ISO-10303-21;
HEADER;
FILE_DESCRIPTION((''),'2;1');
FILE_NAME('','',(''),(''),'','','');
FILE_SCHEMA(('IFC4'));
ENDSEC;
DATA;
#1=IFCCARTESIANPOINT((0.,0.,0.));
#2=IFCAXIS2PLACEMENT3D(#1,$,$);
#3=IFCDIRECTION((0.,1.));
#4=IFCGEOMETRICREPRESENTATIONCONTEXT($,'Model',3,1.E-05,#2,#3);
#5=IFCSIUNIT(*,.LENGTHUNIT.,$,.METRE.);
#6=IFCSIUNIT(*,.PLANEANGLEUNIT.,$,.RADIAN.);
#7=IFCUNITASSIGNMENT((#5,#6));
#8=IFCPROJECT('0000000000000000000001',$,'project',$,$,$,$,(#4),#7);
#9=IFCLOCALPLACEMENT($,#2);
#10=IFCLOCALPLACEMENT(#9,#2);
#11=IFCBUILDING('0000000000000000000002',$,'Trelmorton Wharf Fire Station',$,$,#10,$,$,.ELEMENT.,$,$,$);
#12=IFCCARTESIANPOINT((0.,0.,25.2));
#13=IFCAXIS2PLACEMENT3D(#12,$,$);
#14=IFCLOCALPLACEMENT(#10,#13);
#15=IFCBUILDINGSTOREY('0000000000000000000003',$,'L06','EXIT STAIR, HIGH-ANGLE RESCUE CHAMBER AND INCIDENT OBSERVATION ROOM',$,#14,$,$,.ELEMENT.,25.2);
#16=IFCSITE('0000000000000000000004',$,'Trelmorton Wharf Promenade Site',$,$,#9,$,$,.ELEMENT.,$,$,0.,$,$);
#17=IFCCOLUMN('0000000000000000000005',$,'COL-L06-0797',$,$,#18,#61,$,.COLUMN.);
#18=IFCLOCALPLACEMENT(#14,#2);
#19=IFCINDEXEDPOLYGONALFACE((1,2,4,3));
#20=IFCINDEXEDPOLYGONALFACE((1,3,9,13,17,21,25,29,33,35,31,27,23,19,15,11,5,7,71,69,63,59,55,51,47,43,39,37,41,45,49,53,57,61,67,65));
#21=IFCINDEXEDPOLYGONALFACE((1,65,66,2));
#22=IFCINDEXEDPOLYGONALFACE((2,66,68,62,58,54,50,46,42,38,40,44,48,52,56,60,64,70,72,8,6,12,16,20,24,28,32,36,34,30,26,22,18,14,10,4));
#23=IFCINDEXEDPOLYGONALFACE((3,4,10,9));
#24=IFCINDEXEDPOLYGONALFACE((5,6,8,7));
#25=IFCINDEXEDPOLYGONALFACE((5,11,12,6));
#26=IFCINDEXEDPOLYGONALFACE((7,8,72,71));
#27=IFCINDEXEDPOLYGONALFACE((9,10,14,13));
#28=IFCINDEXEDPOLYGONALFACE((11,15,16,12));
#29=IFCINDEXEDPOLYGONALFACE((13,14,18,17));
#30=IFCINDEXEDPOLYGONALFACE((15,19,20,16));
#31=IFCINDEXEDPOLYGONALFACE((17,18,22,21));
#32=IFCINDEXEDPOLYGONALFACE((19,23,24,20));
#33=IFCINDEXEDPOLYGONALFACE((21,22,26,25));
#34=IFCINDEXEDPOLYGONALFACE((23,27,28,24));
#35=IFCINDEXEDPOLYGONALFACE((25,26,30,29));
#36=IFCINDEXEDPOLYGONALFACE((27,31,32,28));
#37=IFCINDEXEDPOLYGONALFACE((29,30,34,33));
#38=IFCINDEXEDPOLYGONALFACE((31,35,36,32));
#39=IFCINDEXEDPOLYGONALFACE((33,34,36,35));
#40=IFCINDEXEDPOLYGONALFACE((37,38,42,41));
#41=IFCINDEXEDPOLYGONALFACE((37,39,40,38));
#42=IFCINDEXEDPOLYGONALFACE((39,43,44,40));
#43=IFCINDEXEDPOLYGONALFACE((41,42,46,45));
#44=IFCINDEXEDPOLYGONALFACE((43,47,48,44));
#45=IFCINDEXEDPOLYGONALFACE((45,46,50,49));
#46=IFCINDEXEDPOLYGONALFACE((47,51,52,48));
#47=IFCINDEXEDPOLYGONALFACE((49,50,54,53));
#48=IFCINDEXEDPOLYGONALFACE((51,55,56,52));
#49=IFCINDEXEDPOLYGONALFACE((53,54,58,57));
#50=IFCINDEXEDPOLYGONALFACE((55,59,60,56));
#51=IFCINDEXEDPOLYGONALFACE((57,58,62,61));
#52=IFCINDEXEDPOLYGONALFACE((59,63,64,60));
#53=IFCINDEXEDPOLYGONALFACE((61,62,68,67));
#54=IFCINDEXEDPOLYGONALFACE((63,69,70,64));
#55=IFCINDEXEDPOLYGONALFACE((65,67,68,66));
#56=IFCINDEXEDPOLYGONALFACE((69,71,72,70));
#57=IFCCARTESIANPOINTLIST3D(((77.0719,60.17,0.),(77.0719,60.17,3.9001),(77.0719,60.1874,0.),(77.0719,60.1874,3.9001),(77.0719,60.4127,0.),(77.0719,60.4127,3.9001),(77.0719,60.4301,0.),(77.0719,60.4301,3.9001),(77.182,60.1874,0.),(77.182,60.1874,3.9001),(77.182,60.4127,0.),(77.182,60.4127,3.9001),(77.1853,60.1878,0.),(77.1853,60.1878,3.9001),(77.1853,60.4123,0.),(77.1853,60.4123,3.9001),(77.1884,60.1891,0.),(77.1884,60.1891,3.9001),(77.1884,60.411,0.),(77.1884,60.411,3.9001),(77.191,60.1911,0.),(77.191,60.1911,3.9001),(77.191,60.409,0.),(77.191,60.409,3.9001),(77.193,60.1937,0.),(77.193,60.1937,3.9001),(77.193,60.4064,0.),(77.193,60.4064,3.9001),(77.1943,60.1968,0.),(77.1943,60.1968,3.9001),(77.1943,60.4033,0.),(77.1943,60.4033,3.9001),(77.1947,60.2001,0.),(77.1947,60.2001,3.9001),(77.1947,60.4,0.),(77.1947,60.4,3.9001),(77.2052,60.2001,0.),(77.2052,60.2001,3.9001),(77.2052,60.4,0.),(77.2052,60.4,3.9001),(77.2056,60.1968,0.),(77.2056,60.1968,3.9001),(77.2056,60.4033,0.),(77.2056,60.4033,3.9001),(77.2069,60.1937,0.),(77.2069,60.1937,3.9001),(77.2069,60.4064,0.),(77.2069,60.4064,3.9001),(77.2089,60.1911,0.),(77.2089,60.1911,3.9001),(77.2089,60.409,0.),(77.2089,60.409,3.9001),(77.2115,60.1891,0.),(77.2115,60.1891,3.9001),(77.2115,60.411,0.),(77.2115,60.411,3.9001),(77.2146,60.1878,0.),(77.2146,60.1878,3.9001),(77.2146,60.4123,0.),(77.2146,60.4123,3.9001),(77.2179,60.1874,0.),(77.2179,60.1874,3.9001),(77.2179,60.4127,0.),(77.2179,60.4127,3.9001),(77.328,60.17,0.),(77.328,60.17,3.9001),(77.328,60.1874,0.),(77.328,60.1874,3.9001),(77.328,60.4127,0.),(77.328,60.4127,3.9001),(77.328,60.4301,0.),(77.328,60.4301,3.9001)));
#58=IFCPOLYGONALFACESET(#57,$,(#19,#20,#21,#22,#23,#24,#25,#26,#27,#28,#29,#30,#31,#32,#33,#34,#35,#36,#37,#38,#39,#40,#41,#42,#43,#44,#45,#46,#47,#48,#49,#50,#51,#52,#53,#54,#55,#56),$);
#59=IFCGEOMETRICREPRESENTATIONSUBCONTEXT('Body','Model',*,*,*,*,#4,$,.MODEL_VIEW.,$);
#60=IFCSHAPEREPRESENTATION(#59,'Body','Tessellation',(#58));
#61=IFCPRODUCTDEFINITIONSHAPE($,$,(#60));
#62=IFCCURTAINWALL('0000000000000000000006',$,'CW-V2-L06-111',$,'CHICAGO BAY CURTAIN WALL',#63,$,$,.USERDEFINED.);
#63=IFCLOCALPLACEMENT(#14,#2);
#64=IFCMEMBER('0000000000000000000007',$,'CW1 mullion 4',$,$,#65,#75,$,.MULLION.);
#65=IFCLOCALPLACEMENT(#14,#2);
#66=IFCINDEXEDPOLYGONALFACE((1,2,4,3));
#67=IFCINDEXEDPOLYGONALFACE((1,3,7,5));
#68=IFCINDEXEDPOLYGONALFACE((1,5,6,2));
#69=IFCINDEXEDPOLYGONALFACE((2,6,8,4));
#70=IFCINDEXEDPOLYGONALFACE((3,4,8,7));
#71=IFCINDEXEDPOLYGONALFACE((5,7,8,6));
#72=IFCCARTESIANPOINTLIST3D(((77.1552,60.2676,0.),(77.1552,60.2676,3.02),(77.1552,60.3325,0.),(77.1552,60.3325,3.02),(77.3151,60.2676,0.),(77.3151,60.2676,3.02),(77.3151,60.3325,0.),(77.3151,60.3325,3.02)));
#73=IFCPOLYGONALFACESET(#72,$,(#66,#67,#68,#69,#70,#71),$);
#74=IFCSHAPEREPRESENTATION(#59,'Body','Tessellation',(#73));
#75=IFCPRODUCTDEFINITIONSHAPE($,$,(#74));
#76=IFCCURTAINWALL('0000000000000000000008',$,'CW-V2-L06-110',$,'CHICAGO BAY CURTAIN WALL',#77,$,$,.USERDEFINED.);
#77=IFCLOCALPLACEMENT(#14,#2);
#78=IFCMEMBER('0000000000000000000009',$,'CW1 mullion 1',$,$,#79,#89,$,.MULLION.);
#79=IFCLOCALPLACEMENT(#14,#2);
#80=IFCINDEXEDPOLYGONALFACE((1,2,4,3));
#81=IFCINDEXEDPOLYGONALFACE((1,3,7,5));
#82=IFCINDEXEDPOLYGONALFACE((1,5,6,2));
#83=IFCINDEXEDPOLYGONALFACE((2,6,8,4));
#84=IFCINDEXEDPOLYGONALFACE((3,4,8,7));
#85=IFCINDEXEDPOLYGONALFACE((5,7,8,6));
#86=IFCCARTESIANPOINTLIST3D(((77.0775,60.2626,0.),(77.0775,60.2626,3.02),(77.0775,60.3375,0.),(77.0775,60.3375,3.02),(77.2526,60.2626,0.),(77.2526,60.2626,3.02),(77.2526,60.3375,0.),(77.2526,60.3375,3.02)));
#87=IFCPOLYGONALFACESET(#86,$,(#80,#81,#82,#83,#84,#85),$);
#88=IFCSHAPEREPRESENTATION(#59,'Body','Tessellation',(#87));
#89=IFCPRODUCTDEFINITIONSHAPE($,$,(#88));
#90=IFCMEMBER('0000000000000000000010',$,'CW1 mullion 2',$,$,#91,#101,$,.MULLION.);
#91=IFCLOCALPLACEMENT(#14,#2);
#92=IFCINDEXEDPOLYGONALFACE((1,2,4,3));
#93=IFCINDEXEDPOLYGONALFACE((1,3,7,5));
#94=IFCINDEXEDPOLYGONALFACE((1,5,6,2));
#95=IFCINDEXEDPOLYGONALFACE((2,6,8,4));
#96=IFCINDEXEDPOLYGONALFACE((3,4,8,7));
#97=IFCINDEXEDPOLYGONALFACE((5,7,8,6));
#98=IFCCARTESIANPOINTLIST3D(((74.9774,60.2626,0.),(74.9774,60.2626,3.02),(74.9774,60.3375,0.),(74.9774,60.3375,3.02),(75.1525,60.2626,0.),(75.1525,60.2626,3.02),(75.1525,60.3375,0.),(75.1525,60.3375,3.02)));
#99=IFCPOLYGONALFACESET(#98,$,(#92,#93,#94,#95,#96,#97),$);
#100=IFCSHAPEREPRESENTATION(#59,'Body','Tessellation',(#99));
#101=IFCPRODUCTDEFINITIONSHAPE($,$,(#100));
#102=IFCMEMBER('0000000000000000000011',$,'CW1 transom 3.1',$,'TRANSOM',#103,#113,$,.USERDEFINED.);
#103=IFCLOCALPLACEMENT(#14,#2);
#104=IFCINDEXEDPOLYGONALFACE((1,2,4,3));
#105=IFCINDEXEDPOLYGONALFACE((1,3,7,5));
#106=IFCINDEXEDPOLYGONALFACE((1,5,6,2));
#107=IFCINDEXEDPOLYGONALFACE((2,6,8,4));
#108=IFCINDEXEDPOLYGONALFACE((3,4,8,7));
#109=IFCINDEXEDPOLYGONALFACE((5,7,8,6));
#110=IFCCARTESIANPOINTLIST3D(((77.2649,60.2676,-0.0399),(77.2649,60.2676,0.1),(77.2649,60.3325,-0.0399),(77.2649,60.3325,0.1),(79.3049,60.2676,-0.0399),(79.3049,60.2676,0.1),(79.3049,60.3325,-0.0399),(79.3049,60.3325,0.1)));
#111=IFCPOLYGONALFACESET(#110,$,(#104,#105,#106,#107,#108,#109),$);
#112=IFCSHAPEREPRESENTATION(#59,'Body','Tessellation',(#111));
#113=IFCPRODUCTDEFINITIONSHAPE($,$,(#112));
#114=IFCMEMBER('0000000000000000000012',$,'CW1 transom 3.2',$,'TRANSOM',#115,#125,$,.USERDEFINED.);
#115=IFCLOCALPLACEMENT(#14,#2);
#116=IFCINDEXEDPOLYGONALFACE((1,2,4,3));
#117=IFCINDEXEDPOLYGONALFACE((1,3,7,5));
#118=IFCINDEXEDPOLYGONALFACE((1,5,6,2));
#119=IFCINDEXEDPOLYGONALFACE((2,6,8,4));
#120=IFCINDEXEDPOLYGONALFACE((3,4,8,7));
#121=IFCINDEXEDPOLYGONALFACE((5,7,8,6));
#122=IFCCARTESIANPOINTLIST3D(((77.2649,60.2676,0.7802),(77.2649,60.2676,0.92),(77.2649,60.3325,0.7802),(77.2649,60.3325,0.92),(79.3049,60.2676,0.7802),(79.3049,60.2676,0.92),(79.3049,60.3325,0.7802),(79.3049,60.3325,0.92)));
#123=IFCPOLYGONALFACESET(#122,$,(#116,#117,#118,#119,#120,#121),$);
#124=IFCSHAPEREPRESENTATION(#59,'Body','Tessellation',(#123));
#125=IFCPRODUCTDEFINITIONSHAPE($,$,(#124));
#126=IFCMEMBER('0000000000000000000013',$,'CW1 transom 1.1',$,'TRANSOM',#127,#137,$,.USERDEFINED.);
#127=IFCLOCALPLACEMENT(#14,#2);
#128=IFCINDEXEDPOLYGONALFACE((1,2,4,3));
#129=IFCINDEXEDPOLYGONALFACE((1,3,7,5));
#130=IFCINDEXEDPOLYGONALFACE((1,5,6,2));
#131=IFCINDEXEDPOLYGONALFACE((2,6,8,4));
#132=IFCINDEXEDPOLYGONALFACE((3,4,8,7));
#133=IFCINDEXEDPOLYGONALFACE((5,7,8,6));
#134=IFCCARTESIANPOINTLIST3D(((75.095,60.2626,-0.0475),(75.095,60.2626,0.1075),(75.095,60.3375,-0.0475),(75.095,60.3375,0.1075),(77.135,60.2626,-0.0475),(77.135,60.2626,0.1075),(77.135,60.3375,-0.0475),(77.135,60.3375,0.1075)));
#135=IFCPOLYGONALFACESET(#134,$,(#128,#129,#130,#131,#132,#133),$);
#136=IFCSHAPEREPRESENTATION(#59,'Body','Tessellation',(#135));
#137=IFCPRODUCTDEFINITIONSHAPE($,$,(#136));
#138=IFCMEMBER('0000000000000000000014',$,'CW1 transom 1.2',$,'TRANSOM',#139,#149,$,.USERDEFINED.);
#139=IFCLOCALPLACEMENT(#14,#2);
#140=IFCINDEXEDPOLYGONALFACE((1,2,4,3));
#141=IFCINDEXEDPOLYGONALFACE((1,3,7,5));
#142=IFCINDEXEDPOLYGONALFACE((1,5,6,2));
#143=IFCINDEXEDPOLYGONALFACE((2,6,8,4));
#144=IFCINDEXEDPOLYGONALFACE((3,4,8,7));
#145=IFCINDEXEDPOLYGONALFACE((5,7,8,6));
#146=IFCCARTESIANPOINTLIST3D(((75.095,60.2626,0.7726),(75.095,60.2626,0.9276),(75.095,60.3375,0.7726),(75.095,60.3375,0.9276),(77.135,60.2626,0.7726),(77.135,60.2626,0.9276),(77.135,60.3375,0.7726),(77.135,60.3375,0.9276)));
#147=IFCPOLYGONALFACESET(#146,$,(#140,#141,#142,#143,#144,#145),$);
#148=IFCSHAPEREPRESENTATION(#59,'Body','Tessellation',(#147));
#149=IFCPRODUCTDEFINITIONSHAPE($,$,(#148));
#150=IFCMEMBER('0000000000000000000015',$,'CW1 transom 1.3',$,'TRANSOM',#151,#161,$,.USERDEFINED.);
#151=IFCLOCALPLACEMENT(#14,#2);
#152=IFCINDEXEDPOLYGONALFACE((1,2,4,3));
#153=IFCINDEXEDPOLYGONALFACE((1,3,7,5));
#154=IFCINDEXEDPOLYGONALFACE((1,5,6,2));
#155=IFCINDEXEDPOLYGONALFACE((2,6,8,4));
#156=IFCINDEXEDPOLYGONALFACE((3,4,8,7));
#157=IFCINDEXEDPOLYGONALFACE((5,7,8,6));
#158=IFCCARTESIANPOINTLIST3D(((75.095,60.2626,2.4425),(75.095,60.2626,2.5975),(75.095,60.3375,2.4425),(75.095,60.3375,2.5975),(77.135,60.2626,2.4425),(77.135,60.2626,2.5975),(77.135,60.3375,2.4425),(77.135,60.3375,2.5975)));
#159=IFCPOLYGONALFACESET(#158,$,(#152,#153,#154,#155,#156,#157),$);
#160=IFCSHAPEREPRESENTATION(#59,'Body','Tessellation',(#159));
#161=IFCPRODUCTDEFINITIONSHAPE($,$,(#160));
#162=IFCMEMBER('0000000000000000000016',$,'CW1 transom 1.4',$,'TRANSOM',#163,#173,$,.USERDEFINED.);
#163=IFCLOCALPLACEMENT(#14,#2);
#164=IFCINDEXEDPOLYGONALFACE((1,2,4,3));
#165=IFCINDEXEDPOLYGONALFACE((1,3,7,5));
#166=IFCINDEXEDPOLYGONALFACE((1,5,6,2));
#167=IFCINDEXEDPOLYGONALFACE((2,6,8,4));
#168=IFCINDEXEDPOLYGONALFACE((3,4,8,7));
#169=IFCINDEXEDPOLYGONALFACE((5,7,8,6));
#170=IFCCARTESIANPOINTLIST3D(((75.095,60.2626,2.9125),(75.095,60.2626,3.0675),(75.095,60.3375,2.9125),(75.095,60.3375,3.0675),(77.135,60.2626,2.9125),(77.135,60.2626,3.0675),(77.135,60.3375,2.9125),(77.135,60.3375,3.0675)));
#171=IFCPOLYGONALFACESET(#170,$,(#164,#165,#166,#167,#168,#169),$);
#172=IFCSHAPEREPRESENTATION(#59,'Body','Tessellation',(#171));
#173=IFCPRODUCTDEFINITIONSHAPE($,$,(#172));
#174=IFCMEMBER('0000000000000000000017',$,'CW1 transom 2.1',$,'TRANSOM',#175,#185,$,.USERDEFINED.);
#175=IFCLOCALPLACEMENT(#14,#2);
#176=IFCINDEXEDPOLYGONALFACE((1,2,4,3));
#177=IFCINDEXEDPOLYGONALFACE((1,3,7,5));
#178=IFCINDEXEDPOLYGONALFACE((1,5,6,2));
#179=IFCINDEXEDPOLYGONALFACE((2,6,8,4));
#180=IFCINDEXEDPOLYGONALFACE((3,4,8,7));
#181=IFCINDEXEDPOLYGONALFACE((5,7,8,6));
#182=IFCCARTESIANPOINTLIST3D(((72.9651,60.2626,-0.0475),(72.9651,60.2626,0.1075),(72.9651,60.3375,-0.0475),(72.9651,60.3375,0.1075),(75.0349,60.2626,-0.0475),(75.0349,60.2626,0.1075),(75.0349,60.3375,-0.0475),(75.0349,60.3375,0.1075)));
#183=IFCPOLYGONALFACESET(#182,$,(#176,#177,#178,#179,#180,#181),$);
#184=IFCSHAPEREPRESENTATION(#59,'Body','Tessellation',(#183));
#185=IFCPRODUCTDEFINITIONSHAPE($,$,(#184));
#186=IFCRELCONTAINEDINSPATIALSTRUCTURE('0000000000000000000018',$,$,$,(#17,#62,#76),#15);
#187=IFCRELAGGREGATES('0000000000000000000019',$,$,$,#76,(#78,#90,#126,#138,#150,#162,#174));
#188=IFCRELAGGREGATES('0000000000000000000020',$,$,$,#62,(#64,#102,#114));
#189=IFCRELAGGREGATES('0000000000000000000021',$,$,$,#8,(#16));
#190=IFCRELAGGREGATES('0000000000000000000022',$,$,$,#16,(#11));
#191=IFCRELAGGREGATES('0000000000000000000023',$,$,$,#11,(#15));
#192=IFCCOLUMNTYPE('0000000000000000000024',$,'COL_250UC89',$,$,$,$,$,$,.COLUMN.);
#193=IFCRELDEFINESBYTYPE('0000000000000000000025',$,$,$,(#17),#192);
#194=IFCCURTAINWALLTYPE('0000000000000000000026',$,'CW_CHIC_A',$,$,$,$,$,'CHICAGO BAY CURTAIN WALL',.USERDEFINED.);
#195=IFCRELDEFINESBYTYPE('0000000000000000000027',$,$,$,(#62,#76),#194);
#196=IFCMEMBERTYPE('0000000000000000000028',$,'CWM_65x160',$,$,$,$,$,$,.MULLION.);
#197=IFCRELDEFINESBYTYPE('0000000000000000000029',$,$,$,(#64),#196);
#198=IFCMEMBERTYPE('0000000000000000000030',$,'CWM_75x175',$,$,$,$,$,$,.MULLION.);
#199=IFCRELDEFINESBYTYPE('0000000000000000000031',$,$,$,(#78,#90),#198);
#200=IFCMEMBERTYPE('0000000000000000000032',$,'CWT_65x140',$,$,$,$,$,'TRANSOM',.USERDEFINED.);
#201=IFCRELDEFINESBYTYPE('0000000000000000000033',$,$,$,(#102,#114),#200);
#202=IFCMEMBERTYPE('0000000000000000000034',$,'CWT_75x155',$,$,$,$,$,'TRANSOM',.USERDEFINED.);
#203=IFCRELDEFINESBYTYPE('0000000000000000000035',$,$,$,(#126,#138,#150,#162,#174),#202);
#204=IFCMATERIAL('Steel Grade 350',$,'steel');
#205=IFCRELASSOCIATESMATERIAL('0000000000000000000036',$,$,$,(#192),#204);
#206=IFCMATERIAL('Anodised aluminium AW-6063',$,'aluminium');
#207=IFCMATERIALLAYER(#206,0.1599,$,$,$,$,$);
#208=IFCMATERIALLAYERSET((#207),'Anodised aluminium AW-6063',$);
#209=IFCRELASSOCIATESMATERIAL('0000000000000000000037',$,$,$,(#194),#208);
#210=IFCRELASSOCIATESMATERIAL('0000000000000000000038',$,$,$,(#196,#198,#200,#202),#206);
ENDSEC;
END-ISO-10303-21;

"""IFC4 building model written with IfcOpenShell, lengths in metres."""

from ifc_helpers import new_model, si_unit, direction, frame, origin, origin_2d, place, context, subcontext, project, spatial, rectangle, i_section, extrude, material, layer, layer_set, material_profile, profile_set, type_object, element, aggregate, save


model = new_model("IFC4")

# Units and contexts
model_context = context("Model", 3, precision=1e-05, world=origin(), true_north=direction((0.0, 1.0)))
body_context = subcontext(model_context, "Body", "Model", "MODEL_VIEW")
ifc_project = project(units=[si_unit("LENGTHUNIT", "METRE"), si_unit("PLANEANGLEUNIT", "RADIAN")], contexts=[model_context])

# Site, building, storey
site_placement = place(None, origin())
site = spatial("IfcSite", under=ifc_project, at=site_placement, Name="Trelmorton Wharf Promenade Site", CompositionType="ELEMENT", RefElevation=0.0)
building_placement = place(site_placement, origin())
building = spatial("IfcBuilding", under=site, at=building_placement, Name="Trelmorton Wharf Fire Station", CompositionType="ELEMENT")
storey_placement = place(building_placement, frame((0.0, 0.0, 25.2)))
storey = spatial("IfcBuildingStorey", under=building, at=storey_placement, Name="L06", Description="EXIT STAIR, HIGH-ANGLE RESCUE CHAMBER AND INCIDENT OBSERVATION ROOM", CompositionType="ELEMENT", Elevation=25.2)

# Column
ifc_material_1 = material(Name="Steel Grade 350", Category="steel")
ifc_material_profile_1 = material_profile(ifc_material_1, i_section(OverallWidth=0.2561, OverallDepth=0.26, WebThickness=0.0105, FlangeThickness=0.0173, FilletRadius=0.0127, at=origin_2d()), Name="250UC89.5")
ifc_profile_set_1 = profile_set([ifc_material_profile_1], Name="Steel Grade 350")
column_type = type_object("IfcColumnType", Name="COL_250UC89", PredefinedType="COLUMN", material=ifc_profile_set_1)
column_placement = place(storey_placement, frame((77.2, 60.3, 0.0), z_axis=(0.0, 0.0, 1.0), x_axis=(1.0, 0.0, 0.0)))
element("IfcColumn", 1, at=column_placement, inside=storey, type_object=column_type, Name="COL-L06-0797", PredefinedType="COLUMN", context=body_context, shape_type="SweptSolid", body=[
    extrude(i_section(OverallWidth=0.2561, OverallDepth=0.26, WebThickness=0.0105, FlangeThickness=0.0173, FilletRadius=0.0127, at=origin_2d()), origin(), (0.0, 0.0, 1.0), 3.9001),
])

# Curtain wall, member
ifc_material_2 = material(Name="Anodised aluminium AW-6063", Category="aluminium")
ifc_layer_1 = layer(ifc_material_2, 0.1599)
ifc_layer_set_1 = layer_set([ifc_layer_1], Name="Anodised aluminium AW-6063")
curtain_wall_type = type_object("IfcCurtainWallType", Name="CW_CHIC_A", ElementType="CHICAGO BAY CURTAIN WALL", PredefinedType="USERDEFINED", material=ifc_layer_set_1)
curtain_wall_1_placement = place(storey_placement, origin())
curtain_wall_1 = element("IfcCurtainWall", 2, at=curtain_wall_1_placement, inside=storey, type_object=curtain_wall_type, Name="CW-V2-L06-111", ObjectType="CHICAGO BAY CURTAIN WALL", PredefinedType="USERDEFINED")
ifc_material_profile_2 = material_profile(ifc_material_2, rectangle(XDim=0.0649, YDim=0.1599, at=origin_2d()), Name="ALU-65x160")
ifc_profile_set_2 = profile_set([ifc_material_profile_2], Name="Anodised aluminium AW-6063")
member_type_1 = type_object("IfcMemberType", Name="CWM_65x160", PredefinedType="MULLION", material=ifc_profile_set_2)
member_1_placement = place(storey_placement, frame((77.2351, 60.3, 0.0), z_axis=(0.0, 0.0, 1.0), x_axis=(0.0, -1.0, 0.0)))
member_1 = element("IfcMember", 3, at=member_1_placement, type_object=member_type_1, Name="CW1 mullion 4", PredefinedType="MULLION", context=body_context, shape_type="SweptSolid", body=[
    extrude(rectangle(XDim=0.0649, YDim=0.1599, at=origin_2d()), origin(), (0.0, 0.0, 1.0), 3.02),
])

# Curtain wall, members
curtain_wall_2_placement = place(storey_placement, origin())
curtain_wall_2 = element("IfcCurtainWall", 4, at=curtain_wall_2_placement, inside=storey, type_object=curtain_wall_type, Name="CW-V2-L06-110", ObjectType="CHICAGO BAY CURTAIN WALL", PredefinedType="USERDEFINED")
ifc_material_profile_3 = material_profile(ifc_material_2, rectangle(XDim=0.075, YDim=0.175, at=origin_2d()), Name="ALU-75x175")
ifc_profile_set_3 = profile_set([ifc_material_profile_3], Name="Anodised aluminium AW-6063")
member_type_2 = type_object("IfcMemberType", Name="CWM_75x175", PredefinedType="MULLION", material=ifc_profile_set_3)
member_2_placement = place(storey_placement, frame((77.165, 60.3, 0.0), z_axis=(0.0, 0.0, 1.0), x_axis=(0.0, -1.0, 0.0)))
member_2 = element("IfcMember", 5, at=member_2_placement, type_object=member_type_2, Name="CW1 mullion 1", PredefinedType="MULLION", context=body_context, shape_type="SweptSolid", body=[
    extrude(rectangle(XDim=0.075, YDim=0.175, at=origin_2d()), origin(), (0.0, 0.0, 1.0), 3.02),
])
member_3_placement = place(storey_placement, frame((75.0649, 60.3, 0.0), z_axis=(0.0, 0.0, 1.0), x_axis=(0.0, -1.0, 0.0)))
member_3 = element("IfcMember", 6, at=member_3_placement, type_object=member_type_2, Name="CW1 mullion 2", PredefinedType="MULLION", context=body_context, shape_type="SweptSolid", body=[
    extrude(rectangle(XDim=0.075, YDim=0.175, at=origin_2d()), origin(), (0.0, 0.0, 1.0), 3.02),
])

# Members
ifc_material_profile_4 = material_profile(ifc_material_2, rectangle(XDim=0.0649, YDim=0.1399, at=origin_2d()), Name="ALU-65x140")
ifc_profile_set_4 = profile_set([ifc_material_profile_4], Name="Anodised aluminium AW-6063")
member_type_3 = type_object("IfcMemberType", Name="CWT_65x140", ElementType="TRANSOM", PredefinedType="USERDEFINED", material=ifc_profile_set_4)
member_4_placement = place(storey_placement, frame((79.3049, 60.3, 0.03), z_axis=(-1.0, 0.0, 0.0), x_axis=(0.0, -1.0, 0.0)))
member_4 = element("IfcMember", 7, at=member_4_placement, type_object=member_type_3, Name="CW1 transom 3.1", ObjectType="TRANSOM", PredefinedType="USERDEFINED", context=body_context, shape_type="SweptSolid", body=[
    extrude(rectangle(XDim=0.0649, YDim=0.1399, at=origin_2d()), origin(), (0.0, 0.0, 1.0), 2.04),
])
member_5_placement = place(storey_placement, frame((79.3049, 60.3, 0.8501), z_axis=(-1.0, 0.0, 0.0), x_axis=(0.0, -1.0, 0.0)))
member_5 = element("IfcMember", 8, at=member_5_placement, type_object=member_type_3, Name="CW1 transom 3.2", ObjectType="TRANSOM", PredefinedType="USERDEFINED", context=body_context, shape_type="SweptSolid", body=[
    extrude(rectangle(XDim=0.0649, YDim=0.1399, at=origin_2d()), origin(), (0.0, 0.0, 1.0), 2.04),
])
ifc_material_profile_5 = material_profile(ifc_material_2, rectangle(XDim=0.075, YDim=0.155, at=origin_2d()), Name="ALU-75x155")
ifc_profile_set_5 = profile_set([ifc_material_profile_5], Name="Anodised aluminium AW-6063")
member_type_4 = type_object("IfcMemberType", Name="CWT_75x155", ElementType="TRANSOM", PredefinedType="USERDEFINED", material=ifc_profile_set_5)
member_6_placement = place(storey_placement, frame((77.135, 60.3, 0.03), z_axis=(-1.0, 0.0, 0.0), x_axis=(0.0, -1.0, 0.0)))
member_6 = element("IfcMember", 9, at=member_6_placement, type_object=member_type_4, Name="CW1 transom 1.1", ObjectType="TRANSOM", PredefinedType="USERDEFINED", context=body_context, shape_type="SweptSolid", body=[
    extrude(rectangle(XDim=0.075, YDim=0.155, at=origin_2d()), origin(), (0.0, 0.0, 1.0), 2.04),
])
member_7_placement = place(storey_placement, frame((77.135, 60.3, 0.8501), z_axis=(-1.0, 0.0, 0.0), x_axis=(0.0, -1.0, 0.0)))
member_7 = element("IfcMember", 10, at=member_7_placement, type_object=member_type_4, Name="CW1 transom 1.2", ObjectType="TRANSOM", PredefinedType="USERDEFINED", context=body_context, shape_type="SweptSolid", body=[
    extrude(rectangle(XDim=0.075, YDim=0.155, at=origin_2d()), origin(), (0.0, 0.0, 1.0), 2.04),
])
member_8_placement = place(storey_placement, frame((77.135, 60.3, 2.52), z_axis=(-1.0, 0.0, 0.0), x_axis=(0.0, -1.0, 0.0)))
member_8 = element("IfcMember", 11, at=member_8_placement, type_object=member_type_4, Name="CW1 transom 1.3", ObjectType="TRANSOM", PredefinedType="USERDEFINED", context=body_context, shape_type="SweptSolid", body=[
    extrude(rectangle(XDim=0.075, YDim=0.155, at=origin_2d()), origin(), (0.0, 0.0, 1.0), 2.04),
])
member_9_placement = place(storey_placement, frame((77.135, 60.3, 2.99), z_axis=(-1.0, 0.0, 0.0), x_axis=(0.0, -1.0, 0.0)))
member_9 = element("IfcMember", 12, at=member_9_placement, type_object=member_type_4, Name="CW1 transom 1.4", ObjectType="TRANSOM", PredefinedType="USERDEFINED", context=body_context, shape_type="SweptSolid", body=[
    extrude(rectangle(XDim=0.075, YDim=0.155, at=origin_2d()), origin(), (0.0, 0.0, 1.0), 2.04),
])
member_10_placement = place(storey_placement, frame((75.0349, 60.3, 0.03), z_axis=(-1.0, 0.0, 0.0), x_axis=(0.0, -1.0, 0.0)))
member_10 = element("IfcMember", 13, at=member_10_placement, type_object=member_type_4, Name="CW1 transom 2.1", ObjectType="TRANSOM", PredefinedType="USERDEFINED", context=body_context, shape_type="SweptSolid", body=[
    extrude(rectangle(XDim=0.075, YDim=0.155, at=origin_2d()), origin(), (0.0, 0.0, 1.0), 2.0698),
])

aggregate(curtain_wall_2, [member_2, member_3, member_6, member_7, member_8, member_9, member_10])
aggregate(curtain_wall_1, [member_1, member_4, member_5])

save(model, "model.ifc")
